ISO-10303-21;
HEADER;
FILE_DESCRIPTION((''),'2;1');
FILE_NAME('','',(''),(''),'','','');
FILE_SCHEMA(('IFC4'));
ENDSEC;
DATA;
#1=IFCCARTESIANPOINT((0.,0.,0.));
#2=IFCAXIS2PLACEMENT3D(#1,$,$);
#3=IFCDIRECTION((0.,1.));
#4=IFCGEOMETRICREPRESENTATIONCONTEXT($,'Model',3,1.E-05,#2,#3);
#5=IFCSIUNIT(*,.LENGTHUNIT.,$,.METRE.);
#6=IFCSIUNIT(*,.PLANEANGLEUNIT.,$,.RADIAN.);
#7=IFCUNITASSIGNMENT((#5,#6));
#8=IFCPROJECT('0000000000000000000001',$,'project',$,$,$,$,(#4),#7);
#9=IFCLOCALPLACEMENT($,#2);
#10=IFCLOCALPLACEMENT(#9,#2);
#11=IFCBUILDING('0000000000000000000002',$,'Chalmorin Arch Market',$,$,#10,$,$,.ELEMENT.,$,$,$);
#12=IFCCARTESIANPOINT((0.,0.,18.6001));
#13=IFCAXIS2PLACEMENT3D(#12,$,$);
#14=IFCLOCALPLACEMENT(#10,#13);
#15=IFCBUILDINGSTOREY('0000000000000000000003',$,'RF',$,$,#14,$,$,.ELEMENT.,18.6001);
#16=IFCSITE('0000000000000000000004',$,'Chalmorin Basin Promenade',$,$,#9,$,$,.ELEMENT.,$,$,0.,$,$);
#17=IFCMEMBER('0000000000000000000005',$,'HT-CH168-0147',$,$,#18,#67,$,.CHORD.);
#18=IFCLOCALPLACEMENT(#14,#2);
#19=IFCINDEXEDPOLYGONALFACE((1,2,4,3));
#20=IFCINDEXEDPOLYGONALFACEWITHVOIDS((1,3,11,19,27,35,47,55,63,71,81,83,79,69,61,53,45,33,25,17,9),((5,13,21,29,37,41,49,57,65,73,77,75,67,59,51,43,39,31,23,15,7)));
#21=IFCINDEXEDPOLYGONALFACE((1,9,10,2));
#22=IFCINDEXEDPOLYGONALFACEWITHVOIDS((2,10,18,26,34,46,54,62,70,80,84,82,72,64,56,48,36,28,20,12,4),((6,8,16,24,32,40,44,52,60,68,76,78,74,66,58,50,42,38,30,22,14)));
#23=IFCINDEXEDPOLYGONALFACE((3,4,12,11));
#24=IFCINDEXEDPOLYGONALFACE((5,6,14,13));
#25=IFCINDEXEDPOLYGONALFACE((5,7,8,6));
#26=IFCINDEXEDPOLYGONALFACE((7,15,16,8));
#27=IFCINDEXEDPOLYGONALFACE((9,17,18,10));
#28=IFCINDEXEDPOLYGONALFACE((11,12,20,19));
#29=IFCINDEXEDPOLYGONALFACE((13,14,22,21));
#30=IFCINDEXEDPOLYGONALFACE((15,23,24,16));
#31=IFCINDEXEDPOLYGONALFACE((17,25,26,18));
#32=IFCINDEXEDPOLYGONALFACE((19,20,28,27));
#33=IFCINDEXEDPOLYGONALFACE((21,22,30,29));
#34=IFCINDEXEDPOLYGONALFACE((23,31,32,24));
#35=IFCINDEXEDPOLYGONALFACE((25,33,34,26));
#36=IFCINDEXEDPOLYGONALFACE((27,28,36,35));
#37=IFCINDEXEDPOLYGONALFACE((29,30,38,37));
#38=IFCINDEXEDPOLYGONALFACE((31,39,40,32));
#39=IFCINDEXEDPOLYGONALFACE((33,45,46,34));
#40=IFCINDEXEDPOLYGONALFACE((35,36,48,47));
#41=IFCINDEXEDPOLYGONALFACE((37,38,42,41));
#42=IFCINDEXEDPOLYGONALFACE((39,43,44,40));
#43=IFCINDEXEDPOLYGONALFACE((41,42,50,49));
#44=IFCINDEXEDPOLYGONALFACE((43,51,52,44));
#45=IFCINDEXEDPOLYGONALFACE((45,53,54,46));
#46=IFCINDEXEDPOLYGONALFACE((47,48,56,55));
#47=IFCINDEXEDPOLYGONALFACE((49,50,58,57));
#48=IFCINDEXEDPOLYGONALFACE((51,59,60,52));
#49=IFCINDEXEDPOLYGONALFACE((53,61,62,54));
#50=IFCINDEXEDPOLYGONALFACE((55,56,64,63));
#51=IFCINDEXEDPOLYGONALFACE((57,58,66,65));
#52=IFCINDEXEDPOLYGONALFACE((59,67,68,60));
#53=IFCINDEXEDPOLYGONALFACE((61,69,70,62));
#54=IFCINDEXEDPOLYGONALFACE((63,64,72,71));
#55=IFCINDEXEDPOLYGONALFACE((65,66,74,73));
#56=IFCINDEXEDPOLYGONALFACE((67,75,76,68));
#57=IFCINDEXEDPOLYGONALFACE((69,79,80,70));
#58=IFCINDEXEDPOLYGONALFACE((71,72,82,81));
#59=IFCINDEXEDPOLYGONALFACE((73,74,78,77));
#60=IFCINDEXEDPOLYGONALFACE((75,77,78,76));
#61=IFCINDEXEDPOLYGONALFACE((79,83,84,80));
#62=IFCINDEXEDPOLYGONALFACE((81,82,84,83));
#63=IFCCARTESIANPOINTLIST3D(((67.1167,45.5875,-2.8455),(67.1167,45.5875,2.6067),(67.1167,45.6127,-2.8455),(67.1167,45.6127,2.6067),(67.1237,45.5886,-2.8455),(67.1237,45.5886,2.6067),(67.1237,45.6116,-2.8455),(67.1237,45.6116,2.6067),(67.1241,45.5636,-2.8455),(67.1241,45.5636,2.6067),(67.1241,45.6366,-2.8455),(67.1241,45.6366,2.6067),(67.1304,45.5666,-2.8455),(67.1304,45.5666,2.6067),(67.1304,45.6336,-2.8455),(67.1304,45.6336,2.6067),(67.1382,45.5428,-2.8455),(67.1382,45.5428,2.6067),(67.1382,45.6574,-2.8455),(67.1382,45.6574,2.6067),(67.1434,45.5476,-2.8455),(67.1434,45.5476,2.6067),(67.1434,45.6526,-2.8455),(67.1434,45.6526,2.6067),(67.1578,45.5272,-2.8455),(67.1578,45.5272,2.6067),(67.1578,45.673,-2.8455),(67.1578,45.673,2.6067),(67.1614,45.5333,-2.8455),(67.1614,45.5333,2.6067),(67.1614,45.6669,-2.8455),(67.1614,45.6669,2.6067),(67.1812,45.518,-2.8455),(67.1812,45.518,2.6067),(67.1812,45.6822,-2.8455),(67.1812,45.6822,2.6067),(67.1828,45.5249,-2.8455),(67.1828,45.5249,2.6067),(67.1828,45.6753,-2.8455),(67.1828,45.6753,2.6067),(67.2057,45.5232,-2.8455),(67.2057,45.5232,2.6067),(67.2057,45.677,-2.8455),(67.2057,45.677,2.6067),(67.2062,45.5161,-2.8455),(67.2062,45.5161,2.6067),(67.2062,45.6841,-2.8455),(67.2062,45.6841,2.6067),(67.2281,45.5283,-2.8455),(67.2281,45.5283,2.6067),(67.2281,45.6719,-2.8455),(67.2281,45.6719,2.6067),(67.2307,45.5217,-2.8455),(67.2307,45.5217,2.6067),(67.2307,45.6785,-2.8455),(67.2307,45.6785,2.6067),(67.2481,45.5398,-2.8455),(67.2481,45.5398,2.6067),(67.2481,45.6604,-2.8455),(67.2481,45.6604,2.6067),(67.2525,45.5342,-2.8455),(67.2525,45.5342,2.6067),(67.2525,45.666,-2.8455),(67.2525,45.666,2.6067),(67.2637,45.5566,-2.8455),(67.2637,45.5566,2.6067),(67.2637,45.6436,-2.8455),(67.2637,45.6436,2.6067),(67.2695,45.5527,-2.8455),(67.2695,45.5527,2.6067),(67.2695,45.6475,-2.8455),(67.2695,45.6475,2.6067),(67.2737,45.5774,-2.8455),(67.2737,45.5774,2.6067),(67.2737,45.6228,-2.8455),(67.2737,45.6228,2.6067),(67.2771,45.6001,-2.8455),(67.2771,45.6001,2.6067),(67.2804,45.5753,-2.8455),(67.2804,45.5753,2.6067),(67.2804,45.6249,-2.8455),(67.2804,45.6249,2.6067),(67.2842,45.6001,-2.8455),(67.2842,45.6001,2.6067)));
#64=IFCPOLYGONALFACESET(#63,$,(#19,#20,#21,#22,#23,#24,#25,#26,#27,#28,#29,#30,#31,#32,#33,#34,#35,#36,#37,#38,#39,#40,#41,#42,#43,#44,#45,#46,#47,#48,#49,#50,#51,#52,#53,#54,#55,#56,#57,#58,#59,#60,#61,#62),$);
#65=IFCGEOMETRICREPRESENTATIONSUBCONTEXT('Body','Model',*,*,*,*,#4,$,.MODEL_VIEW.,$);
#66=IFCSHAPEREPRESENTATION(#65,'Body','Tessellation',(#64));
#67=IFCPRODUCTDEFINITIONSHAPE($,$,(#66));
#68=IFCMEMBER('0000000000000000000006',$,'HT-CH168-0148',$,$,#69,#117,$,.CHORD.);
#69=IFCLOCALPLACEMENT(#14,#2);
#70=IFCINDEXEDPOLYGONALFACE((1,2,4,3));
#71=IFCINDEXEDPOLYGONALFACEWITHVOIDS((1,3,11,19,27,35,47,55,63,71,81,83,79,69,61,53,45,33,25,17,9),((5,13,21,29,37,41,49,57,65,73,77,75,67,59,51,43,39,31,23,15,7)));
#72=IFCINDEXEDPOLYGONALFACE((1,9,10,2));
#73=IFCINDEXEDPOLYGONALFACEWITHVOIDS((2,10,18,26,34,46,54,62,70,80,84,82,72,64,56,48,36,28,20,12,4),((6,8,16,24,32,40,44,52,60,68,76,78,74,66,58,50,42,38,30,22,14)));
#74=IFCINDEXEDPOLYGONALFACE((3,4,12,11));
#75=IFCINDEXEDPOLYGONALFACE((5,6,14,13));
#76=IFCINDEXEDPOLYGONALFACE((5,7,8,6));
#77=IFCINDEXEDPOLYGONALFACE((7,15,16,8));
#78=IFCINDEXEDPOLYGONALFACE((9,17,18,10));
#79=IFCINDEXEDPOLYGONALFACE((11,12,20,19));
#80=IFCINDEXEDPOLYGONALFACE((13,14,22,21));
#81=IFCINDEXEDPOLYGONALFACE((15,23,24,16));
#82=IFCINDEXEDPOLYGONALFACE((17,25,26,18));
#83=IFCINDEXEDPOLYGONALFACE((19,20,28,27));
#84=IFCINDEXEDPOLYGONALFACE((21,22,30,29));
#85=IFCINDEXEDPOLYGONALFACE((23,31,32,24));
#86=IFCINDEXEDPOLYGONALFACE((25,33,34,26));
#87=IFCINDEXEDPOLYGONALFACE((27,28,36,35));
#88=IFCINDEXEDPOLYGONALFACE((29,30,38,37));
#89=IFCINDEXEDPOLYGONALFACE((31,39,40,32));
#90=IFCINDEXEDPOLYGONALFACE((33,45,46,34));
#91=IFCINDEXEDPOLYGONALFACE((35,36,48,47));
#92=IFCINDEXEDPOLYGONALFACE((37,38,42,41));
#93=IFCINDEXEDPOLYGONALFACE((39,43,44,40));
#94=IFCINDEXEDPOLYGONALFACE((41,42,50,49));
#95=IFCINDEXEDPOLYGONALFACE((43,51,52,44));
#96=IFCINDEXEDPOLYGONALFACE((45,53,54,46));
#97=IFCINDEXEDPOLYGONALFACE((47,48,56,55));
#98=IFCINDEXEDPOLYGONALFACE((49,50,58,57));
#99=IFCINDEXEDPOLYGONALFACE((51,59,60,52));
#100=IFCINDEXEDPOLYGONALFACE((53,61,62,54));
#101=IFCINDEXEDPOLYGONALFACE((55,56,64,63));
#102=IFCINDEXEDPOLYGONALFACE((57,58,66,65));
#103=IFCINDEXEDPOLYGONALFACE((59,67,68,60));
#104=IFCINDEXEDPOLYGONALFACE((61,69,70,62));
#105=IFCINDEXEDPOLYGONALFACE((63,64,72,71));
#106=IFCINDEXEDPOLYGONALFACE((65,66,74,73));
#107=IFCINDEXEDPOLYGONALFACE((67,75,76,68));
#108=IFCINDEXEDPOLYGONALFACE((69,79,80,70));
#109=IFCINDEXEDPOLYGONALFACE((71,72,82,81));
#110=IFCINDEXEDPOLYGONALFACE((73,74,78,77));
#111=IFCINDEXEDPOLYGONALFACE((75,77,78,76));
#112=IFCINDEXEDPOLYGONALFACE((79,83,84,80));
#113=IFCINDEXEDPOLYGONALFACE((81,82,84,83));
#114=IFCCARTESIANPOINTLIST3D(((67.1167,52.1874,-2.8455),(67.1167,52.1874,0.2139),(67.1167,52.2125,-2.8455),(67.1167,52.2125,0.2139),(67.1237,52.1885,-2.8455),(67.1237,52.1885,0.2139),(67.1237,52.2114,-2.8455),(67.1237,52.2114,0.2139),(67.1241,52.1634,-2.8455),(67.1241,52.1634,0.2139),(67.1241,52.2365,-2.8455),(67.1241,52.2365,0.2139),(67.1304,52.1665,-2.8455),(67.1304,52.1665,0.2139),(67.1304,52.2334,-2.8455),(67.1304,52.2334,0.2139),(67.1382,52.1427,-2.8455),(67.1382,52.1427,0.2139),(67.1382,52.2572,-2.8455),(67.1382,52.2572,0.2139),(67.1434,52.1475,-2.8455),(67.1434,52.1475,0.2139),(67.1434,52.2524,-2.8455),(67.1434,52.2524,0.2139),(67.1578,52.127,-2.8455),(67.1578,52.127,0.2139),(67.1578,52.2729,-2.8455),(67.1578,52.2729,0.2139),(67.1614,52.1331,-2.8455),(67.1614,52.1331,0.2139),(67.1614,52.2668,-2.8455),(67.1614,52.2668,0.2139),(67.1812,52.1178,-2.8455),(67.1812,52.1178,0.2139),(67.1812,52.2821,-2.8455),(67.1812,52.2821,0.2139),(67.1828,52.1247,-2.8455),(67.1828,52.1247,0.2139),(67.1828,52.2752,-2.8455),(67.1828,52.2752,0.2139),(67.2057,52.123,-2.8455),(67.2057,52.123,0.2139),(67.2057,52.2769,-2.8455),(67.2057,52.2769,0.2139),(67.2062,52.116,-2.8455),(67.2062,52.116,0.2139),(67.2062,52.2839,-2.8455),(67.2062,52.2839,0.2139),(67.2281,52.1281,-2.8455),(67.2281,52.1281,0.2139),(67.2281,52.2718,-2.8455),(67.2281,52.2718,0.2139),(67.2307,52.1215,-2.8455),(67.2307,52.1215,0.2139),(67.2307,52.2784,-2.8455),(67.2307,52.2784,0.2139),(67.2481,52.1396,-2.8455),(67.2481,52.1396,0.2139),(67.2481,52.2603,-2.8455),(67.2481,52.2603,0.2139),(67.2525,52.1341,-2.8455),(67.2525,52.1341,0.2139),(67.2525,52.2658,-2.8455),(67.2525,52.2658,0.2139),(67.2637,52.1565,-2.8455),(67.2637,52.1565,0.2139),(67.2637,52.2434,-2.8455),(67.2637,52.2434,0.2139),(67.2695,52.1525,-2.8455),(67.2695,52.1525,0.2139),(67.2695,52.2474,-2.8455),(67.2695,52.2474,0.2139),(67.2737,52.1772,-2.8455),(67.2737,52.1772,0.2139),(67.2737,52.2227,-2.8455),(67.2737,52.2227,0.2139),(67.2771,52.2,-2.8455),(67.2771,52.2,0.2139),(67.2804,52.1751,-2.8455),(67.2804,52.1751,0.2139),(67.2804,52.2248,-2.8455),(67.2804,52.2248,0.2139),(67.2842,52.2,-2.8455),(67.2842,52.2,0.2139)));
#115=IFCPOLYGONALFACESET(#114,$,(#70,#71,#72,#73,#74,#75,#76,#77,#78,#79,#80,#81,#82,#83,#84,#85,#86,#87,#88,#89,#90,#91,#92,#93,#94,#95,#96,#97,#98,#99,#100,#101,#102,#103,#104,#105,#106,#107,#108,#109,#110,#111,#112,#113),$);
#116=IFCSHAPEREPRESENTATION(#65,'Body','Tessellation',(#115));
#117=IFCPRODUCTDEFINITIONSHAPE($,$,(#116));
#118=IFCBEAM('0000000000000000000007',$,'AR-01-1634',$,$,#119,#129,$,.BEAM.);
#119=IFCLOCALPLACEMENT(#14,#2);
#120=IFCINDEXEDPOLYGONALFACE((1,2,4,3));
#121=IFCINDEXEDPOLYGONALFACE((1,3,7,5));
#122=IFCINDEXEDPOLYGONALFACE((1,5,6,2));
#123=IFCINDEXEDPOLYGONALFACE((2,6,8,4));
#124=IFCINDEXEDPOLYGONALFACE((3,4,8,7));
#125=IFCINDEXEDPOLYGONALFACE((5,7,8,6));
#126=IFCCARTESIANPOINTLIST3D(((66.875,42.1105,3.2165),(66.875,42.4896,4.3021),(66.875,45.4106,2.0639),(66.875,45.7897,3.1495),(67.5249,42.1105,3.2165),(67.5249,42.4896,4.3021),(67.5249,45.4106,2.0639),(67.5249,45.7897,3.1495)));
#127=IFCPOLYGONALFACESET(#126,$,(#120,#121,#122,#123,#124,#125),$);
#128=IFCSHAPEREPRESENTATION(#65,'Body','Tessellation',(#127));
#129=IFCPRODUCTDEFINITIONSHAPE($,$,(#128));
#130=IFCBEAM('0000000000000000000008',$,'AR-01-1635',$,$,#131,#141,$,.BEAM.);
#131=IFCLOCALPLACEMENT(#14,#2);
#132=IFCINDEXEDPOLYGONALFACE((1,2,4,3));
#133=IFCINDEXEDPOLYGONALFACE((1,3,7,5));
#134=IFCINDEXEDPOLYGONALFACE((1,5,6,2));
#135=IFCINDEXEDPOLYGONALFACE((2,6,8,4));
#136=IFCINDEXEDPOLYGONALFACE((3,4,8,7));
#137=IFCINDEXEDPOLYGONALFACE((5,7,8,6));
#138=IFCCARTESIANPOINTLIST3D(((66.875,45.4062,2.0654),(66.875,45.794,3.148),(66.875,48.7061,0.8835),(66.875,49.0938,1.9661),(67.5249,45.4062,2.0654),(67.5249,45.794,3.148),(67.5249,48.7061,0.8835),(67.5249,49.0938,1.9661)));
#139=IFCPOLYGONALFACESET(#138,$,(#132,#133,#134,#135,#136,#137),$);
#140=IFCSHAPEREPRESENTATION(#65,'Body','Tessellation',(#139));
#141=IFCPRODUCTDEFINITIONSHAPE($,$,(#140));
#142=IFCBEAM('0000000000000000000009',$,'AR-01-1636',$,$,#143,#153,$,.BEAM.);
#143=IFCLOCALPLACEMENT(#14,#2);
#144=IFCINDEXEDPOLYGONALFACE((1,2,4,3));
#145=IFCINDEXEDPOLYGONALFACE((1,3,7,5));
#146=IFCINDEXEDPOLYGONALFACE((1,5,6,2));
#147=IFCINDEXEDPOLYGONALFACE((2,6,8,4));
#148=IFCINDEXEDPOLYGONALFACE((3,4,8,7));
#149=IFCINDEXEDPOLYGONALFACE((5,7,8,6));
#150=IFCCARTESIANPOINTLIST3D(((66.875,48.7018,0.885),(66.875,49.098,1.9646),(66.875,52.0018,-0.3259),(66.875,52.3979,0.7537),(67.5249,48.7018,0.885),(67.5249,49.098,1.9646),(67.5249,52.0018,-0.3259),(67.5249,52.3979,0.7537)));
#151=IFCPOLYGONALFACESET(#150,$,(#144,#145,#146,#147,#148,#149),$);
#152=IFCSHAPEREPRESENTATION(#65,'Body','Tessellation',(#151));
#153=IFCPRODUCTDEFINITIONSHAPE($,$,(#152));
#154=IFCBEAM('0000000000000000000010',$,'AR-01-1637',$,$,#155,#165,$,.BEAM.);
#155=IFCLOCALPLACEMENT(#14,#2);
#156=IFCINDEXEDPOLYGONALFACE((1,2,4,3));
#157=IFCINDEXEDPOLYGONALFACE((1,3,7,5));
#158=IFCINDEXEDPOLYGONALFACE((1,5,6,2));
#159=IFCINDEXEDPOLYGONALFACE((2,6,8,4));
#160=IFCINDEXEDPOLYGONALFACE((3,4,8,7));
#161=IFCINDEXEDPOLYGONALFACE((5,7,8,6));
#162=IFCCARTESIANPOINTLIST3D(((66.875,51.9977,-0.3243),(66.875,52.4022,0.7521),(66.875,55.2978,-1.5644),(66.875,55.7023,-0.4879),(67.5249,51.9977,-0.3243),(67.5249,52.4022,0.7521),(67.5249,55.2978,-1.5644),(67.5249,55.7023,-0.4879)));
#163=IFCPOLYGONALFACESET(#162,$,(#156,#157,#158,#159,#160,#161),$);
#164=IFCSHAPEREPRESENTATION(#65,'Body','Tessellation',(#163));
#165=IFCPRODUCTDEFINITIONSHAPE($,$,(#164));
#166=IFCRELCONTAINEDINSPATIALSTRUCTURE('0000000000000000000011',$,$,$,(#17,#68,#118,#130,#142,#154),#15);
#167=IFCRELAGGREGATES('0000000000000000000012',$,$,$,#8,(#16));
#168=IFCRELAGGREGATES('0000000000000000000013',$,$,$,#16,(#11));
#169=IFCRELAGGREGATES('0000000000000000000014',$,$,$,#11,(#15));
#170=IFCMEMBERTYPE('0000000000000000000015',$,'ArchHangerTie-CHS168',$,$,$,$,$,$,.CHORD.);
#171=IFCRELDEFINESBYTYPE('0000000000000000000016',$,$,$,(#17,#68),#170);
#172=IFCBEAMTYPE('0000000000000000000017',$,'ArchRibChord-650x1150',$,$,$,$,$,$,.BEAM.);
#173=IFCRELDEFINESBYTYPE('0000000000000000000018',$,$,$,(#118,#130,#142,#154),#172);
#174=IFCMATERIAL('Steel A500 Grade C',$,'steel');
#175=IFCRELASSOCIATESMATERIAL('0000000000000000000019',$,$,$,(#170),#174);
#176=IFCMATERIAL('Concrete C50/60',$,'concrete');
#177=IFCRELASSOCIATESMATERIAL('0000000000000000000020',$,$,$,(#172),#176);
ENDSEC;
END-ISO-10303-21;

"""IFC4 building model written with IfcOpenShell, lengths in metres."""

from ifc_helpers import new_model, si_unit, direction, frame, origin, origin_2d, place, context, subcontext, project, spatial, rectangle, hollow_circle, extrude, material, material_profile, profile_set, type_object, element, save


model = new_model("IFC4")

# Units and contexts
model_context = context("Model", 3, precision=1e-05, world=origin(), true_north=direction((0.0, 1.0)))
body_context = subcontext(model_context, "Body", "Model", "MODEL_VIEW")
ifc_project = project(units=[si_unit("LENGTHUNIT", "METRE"), si_unit("PLANEANGLEUNIT", "RADIAN")], contexts=[model_context])

# Site, building, storey
site_placement = place(None, origin())
site = spatial("IfcSite", under=ifc_project, at=site_placement, Name="Chalmorin Basin Promenade", CompositionType="ELEMENT", RefElevation=0.0)
building_placement = place(site_placement, origin())
building = spatial("IfcBuilding", under=site, at=building_placement, Name="Chalmorin Arch Market", CompositionType="ELEMENT")
storey_placement = place(building_placement, frame((0.0, 0.0, 18.6001)))
storey = spatial("IfcBuildingStorey", under=building, at=storey_placement, Name="RF", CompositionType="ELEMENT", Elevation=18.6001)

# Members
ifc_material_1 = material(Name="Steel A500 Grade C", Category="steel")
ifc_material_profile_1 = material_profile(ifc_material_1, hollow_circle(Radius=0.0842, WallThickness=0.0071, at=origin_2d()), Name="CHS168X7")
ifc_profile_set_1 = profile_set([ifc_material_profile_1], Name="Steel A500 Grade C")
member_type_1 = type_object("IfcMemberType", Name="ArchHangerTie-CHS168", PredefinedType="CHORD", material=ifc_profile_set_1)
member_1_placement = place(storey_placement, frame((67.2, 45.6001, -2.8455), z_axis=(0.0, 0.0, 1.0), x_axis=(1.0, 0.0, 0.0)))
element("IfcMember", 1, at=member_1_placement, inside=storey, type_object=member_type_1, Name="HT-CH168-0147", PredefinedType="CHORD", context=body_context, shape_type="SweptSolid", body=[
    extrude(hollow_circle(Radius=0.0842, WallThickness=0.0071, at=origin_2d()), origin(), (0.0, 0.0, 1.0), 5.4521),
])
member_2_placement = place(storey_placement, frame((67.2, 52.2, -2.8455), z_axis=(0.0, 0.0, 1.0), x_axis=(1.0, 0.0, 0.0)))
element("IfcMember", 2, at=member_2_placement, inside=storey, type_object=member_type_1, Name="HT-CH168-0148", PredefinedType="CHORD", context=body_context, shape_type="SweptSolid", body=[
    extrude(hollow_circle(Radius=0.0842, WallThickness=0.0071, at=origin_2d()), origin(), (0.0, 0.0, 1.0), 3.0593),
])

# Beams
ifc_material_2 = material(Name="Concrete C50/60", Category="concrete")
ifc_material_profile_2 = material_profile(ifc_material_2, rectangle(XDim=0.6499, YDim=1.1499, at=origin_2d()), Name="RC650X1150")
ifc_profile_set_2 = profile_set([ifc_material_profile_2], Name="Concrete C50/60")
beam_type = type_object("IfcBeamType", Name="ArchRibChord-650x1150", PredefinedType="BEAM", material=ifc_profile_set_2)
beam_1_placement = place(storey_placement, frame((67.2, 42.3, 3.7593), z_axis=(0.0, 0.944075, -0.329731), x_axis=(-1.0, 0.0, 0.0)))
element("IfcBeam", 3, at=beam_1_placement, inside=storey, type_object=beam_type, Name="AR-01-1634", PredefinedType="BEAM", context=body_context, shape_type="SweptSolid", body=[
    extrude(rectangle(XDim=0.6499, YDim=1.1499, at=origin_2d()), origin(), (0.0, 0.0, 1.0), 3.4956),
])
beam_2_placement = place(storey_placement, frame((67.2, 45.6001, 2.6067), z_axis=(0.0, 0.941436, -0.337192), x_axis=(-1.0, 0.0, 0.0)))
element("IfcBeam", 4, at=beam_2_placement, inside=storey, type_object=beam_type, Name="AR-01-1635", PredefinedType="BEAM", context=body_context, shape_type="SweptSolid", body=[
    extrude(rectangle(XDim=0.6499, YDim=1.1499, at=origin_2d()), origin(), (0.0, 0.0, 1.0), 3.5051),
])
beam_3_placement = place(storey_placement, frame((67.2, 48.8999, 1.4248), z_axis=(0.0, 0.938792, -0.344485), x_axis=(-1.0, 0.0, 0.0)))
element("IfcBeam", 5, at=beam_3_placement, inside=storey, type_object=beam_type, Name="AR-01-1636", PredefinedType="BEAM", context=body_context, shape_type="SweptSolid", body=[
    extrude(rectangle(XDim=0.6499, YDim=1.1499, at=origin_2d()), origin(), (0.0, 0.0, 1.0), 3.5151),
])
beam_4_placement = place(storey_placement, frame((67.2, 52.2, 0.2139), z_axis=(0.0, 0.936098, -0.351738), x_axis=(-1.0, 0.0, 0.0)))
element("IfcBeam", 6, at=beam_4_placement, inside=storey, type_object=beam_type, Name="AR-01-1637", PredefinedType="BEAM", context=body_context, shape_type="SweptSolid", body=[
    extrude(rectangle(XDim=0.6499, YDim=1.1499, at=origin_2d()), origin(), (0.0, 0.0, 1.0), 3.5254),
])

save(model, "model.ifc")
